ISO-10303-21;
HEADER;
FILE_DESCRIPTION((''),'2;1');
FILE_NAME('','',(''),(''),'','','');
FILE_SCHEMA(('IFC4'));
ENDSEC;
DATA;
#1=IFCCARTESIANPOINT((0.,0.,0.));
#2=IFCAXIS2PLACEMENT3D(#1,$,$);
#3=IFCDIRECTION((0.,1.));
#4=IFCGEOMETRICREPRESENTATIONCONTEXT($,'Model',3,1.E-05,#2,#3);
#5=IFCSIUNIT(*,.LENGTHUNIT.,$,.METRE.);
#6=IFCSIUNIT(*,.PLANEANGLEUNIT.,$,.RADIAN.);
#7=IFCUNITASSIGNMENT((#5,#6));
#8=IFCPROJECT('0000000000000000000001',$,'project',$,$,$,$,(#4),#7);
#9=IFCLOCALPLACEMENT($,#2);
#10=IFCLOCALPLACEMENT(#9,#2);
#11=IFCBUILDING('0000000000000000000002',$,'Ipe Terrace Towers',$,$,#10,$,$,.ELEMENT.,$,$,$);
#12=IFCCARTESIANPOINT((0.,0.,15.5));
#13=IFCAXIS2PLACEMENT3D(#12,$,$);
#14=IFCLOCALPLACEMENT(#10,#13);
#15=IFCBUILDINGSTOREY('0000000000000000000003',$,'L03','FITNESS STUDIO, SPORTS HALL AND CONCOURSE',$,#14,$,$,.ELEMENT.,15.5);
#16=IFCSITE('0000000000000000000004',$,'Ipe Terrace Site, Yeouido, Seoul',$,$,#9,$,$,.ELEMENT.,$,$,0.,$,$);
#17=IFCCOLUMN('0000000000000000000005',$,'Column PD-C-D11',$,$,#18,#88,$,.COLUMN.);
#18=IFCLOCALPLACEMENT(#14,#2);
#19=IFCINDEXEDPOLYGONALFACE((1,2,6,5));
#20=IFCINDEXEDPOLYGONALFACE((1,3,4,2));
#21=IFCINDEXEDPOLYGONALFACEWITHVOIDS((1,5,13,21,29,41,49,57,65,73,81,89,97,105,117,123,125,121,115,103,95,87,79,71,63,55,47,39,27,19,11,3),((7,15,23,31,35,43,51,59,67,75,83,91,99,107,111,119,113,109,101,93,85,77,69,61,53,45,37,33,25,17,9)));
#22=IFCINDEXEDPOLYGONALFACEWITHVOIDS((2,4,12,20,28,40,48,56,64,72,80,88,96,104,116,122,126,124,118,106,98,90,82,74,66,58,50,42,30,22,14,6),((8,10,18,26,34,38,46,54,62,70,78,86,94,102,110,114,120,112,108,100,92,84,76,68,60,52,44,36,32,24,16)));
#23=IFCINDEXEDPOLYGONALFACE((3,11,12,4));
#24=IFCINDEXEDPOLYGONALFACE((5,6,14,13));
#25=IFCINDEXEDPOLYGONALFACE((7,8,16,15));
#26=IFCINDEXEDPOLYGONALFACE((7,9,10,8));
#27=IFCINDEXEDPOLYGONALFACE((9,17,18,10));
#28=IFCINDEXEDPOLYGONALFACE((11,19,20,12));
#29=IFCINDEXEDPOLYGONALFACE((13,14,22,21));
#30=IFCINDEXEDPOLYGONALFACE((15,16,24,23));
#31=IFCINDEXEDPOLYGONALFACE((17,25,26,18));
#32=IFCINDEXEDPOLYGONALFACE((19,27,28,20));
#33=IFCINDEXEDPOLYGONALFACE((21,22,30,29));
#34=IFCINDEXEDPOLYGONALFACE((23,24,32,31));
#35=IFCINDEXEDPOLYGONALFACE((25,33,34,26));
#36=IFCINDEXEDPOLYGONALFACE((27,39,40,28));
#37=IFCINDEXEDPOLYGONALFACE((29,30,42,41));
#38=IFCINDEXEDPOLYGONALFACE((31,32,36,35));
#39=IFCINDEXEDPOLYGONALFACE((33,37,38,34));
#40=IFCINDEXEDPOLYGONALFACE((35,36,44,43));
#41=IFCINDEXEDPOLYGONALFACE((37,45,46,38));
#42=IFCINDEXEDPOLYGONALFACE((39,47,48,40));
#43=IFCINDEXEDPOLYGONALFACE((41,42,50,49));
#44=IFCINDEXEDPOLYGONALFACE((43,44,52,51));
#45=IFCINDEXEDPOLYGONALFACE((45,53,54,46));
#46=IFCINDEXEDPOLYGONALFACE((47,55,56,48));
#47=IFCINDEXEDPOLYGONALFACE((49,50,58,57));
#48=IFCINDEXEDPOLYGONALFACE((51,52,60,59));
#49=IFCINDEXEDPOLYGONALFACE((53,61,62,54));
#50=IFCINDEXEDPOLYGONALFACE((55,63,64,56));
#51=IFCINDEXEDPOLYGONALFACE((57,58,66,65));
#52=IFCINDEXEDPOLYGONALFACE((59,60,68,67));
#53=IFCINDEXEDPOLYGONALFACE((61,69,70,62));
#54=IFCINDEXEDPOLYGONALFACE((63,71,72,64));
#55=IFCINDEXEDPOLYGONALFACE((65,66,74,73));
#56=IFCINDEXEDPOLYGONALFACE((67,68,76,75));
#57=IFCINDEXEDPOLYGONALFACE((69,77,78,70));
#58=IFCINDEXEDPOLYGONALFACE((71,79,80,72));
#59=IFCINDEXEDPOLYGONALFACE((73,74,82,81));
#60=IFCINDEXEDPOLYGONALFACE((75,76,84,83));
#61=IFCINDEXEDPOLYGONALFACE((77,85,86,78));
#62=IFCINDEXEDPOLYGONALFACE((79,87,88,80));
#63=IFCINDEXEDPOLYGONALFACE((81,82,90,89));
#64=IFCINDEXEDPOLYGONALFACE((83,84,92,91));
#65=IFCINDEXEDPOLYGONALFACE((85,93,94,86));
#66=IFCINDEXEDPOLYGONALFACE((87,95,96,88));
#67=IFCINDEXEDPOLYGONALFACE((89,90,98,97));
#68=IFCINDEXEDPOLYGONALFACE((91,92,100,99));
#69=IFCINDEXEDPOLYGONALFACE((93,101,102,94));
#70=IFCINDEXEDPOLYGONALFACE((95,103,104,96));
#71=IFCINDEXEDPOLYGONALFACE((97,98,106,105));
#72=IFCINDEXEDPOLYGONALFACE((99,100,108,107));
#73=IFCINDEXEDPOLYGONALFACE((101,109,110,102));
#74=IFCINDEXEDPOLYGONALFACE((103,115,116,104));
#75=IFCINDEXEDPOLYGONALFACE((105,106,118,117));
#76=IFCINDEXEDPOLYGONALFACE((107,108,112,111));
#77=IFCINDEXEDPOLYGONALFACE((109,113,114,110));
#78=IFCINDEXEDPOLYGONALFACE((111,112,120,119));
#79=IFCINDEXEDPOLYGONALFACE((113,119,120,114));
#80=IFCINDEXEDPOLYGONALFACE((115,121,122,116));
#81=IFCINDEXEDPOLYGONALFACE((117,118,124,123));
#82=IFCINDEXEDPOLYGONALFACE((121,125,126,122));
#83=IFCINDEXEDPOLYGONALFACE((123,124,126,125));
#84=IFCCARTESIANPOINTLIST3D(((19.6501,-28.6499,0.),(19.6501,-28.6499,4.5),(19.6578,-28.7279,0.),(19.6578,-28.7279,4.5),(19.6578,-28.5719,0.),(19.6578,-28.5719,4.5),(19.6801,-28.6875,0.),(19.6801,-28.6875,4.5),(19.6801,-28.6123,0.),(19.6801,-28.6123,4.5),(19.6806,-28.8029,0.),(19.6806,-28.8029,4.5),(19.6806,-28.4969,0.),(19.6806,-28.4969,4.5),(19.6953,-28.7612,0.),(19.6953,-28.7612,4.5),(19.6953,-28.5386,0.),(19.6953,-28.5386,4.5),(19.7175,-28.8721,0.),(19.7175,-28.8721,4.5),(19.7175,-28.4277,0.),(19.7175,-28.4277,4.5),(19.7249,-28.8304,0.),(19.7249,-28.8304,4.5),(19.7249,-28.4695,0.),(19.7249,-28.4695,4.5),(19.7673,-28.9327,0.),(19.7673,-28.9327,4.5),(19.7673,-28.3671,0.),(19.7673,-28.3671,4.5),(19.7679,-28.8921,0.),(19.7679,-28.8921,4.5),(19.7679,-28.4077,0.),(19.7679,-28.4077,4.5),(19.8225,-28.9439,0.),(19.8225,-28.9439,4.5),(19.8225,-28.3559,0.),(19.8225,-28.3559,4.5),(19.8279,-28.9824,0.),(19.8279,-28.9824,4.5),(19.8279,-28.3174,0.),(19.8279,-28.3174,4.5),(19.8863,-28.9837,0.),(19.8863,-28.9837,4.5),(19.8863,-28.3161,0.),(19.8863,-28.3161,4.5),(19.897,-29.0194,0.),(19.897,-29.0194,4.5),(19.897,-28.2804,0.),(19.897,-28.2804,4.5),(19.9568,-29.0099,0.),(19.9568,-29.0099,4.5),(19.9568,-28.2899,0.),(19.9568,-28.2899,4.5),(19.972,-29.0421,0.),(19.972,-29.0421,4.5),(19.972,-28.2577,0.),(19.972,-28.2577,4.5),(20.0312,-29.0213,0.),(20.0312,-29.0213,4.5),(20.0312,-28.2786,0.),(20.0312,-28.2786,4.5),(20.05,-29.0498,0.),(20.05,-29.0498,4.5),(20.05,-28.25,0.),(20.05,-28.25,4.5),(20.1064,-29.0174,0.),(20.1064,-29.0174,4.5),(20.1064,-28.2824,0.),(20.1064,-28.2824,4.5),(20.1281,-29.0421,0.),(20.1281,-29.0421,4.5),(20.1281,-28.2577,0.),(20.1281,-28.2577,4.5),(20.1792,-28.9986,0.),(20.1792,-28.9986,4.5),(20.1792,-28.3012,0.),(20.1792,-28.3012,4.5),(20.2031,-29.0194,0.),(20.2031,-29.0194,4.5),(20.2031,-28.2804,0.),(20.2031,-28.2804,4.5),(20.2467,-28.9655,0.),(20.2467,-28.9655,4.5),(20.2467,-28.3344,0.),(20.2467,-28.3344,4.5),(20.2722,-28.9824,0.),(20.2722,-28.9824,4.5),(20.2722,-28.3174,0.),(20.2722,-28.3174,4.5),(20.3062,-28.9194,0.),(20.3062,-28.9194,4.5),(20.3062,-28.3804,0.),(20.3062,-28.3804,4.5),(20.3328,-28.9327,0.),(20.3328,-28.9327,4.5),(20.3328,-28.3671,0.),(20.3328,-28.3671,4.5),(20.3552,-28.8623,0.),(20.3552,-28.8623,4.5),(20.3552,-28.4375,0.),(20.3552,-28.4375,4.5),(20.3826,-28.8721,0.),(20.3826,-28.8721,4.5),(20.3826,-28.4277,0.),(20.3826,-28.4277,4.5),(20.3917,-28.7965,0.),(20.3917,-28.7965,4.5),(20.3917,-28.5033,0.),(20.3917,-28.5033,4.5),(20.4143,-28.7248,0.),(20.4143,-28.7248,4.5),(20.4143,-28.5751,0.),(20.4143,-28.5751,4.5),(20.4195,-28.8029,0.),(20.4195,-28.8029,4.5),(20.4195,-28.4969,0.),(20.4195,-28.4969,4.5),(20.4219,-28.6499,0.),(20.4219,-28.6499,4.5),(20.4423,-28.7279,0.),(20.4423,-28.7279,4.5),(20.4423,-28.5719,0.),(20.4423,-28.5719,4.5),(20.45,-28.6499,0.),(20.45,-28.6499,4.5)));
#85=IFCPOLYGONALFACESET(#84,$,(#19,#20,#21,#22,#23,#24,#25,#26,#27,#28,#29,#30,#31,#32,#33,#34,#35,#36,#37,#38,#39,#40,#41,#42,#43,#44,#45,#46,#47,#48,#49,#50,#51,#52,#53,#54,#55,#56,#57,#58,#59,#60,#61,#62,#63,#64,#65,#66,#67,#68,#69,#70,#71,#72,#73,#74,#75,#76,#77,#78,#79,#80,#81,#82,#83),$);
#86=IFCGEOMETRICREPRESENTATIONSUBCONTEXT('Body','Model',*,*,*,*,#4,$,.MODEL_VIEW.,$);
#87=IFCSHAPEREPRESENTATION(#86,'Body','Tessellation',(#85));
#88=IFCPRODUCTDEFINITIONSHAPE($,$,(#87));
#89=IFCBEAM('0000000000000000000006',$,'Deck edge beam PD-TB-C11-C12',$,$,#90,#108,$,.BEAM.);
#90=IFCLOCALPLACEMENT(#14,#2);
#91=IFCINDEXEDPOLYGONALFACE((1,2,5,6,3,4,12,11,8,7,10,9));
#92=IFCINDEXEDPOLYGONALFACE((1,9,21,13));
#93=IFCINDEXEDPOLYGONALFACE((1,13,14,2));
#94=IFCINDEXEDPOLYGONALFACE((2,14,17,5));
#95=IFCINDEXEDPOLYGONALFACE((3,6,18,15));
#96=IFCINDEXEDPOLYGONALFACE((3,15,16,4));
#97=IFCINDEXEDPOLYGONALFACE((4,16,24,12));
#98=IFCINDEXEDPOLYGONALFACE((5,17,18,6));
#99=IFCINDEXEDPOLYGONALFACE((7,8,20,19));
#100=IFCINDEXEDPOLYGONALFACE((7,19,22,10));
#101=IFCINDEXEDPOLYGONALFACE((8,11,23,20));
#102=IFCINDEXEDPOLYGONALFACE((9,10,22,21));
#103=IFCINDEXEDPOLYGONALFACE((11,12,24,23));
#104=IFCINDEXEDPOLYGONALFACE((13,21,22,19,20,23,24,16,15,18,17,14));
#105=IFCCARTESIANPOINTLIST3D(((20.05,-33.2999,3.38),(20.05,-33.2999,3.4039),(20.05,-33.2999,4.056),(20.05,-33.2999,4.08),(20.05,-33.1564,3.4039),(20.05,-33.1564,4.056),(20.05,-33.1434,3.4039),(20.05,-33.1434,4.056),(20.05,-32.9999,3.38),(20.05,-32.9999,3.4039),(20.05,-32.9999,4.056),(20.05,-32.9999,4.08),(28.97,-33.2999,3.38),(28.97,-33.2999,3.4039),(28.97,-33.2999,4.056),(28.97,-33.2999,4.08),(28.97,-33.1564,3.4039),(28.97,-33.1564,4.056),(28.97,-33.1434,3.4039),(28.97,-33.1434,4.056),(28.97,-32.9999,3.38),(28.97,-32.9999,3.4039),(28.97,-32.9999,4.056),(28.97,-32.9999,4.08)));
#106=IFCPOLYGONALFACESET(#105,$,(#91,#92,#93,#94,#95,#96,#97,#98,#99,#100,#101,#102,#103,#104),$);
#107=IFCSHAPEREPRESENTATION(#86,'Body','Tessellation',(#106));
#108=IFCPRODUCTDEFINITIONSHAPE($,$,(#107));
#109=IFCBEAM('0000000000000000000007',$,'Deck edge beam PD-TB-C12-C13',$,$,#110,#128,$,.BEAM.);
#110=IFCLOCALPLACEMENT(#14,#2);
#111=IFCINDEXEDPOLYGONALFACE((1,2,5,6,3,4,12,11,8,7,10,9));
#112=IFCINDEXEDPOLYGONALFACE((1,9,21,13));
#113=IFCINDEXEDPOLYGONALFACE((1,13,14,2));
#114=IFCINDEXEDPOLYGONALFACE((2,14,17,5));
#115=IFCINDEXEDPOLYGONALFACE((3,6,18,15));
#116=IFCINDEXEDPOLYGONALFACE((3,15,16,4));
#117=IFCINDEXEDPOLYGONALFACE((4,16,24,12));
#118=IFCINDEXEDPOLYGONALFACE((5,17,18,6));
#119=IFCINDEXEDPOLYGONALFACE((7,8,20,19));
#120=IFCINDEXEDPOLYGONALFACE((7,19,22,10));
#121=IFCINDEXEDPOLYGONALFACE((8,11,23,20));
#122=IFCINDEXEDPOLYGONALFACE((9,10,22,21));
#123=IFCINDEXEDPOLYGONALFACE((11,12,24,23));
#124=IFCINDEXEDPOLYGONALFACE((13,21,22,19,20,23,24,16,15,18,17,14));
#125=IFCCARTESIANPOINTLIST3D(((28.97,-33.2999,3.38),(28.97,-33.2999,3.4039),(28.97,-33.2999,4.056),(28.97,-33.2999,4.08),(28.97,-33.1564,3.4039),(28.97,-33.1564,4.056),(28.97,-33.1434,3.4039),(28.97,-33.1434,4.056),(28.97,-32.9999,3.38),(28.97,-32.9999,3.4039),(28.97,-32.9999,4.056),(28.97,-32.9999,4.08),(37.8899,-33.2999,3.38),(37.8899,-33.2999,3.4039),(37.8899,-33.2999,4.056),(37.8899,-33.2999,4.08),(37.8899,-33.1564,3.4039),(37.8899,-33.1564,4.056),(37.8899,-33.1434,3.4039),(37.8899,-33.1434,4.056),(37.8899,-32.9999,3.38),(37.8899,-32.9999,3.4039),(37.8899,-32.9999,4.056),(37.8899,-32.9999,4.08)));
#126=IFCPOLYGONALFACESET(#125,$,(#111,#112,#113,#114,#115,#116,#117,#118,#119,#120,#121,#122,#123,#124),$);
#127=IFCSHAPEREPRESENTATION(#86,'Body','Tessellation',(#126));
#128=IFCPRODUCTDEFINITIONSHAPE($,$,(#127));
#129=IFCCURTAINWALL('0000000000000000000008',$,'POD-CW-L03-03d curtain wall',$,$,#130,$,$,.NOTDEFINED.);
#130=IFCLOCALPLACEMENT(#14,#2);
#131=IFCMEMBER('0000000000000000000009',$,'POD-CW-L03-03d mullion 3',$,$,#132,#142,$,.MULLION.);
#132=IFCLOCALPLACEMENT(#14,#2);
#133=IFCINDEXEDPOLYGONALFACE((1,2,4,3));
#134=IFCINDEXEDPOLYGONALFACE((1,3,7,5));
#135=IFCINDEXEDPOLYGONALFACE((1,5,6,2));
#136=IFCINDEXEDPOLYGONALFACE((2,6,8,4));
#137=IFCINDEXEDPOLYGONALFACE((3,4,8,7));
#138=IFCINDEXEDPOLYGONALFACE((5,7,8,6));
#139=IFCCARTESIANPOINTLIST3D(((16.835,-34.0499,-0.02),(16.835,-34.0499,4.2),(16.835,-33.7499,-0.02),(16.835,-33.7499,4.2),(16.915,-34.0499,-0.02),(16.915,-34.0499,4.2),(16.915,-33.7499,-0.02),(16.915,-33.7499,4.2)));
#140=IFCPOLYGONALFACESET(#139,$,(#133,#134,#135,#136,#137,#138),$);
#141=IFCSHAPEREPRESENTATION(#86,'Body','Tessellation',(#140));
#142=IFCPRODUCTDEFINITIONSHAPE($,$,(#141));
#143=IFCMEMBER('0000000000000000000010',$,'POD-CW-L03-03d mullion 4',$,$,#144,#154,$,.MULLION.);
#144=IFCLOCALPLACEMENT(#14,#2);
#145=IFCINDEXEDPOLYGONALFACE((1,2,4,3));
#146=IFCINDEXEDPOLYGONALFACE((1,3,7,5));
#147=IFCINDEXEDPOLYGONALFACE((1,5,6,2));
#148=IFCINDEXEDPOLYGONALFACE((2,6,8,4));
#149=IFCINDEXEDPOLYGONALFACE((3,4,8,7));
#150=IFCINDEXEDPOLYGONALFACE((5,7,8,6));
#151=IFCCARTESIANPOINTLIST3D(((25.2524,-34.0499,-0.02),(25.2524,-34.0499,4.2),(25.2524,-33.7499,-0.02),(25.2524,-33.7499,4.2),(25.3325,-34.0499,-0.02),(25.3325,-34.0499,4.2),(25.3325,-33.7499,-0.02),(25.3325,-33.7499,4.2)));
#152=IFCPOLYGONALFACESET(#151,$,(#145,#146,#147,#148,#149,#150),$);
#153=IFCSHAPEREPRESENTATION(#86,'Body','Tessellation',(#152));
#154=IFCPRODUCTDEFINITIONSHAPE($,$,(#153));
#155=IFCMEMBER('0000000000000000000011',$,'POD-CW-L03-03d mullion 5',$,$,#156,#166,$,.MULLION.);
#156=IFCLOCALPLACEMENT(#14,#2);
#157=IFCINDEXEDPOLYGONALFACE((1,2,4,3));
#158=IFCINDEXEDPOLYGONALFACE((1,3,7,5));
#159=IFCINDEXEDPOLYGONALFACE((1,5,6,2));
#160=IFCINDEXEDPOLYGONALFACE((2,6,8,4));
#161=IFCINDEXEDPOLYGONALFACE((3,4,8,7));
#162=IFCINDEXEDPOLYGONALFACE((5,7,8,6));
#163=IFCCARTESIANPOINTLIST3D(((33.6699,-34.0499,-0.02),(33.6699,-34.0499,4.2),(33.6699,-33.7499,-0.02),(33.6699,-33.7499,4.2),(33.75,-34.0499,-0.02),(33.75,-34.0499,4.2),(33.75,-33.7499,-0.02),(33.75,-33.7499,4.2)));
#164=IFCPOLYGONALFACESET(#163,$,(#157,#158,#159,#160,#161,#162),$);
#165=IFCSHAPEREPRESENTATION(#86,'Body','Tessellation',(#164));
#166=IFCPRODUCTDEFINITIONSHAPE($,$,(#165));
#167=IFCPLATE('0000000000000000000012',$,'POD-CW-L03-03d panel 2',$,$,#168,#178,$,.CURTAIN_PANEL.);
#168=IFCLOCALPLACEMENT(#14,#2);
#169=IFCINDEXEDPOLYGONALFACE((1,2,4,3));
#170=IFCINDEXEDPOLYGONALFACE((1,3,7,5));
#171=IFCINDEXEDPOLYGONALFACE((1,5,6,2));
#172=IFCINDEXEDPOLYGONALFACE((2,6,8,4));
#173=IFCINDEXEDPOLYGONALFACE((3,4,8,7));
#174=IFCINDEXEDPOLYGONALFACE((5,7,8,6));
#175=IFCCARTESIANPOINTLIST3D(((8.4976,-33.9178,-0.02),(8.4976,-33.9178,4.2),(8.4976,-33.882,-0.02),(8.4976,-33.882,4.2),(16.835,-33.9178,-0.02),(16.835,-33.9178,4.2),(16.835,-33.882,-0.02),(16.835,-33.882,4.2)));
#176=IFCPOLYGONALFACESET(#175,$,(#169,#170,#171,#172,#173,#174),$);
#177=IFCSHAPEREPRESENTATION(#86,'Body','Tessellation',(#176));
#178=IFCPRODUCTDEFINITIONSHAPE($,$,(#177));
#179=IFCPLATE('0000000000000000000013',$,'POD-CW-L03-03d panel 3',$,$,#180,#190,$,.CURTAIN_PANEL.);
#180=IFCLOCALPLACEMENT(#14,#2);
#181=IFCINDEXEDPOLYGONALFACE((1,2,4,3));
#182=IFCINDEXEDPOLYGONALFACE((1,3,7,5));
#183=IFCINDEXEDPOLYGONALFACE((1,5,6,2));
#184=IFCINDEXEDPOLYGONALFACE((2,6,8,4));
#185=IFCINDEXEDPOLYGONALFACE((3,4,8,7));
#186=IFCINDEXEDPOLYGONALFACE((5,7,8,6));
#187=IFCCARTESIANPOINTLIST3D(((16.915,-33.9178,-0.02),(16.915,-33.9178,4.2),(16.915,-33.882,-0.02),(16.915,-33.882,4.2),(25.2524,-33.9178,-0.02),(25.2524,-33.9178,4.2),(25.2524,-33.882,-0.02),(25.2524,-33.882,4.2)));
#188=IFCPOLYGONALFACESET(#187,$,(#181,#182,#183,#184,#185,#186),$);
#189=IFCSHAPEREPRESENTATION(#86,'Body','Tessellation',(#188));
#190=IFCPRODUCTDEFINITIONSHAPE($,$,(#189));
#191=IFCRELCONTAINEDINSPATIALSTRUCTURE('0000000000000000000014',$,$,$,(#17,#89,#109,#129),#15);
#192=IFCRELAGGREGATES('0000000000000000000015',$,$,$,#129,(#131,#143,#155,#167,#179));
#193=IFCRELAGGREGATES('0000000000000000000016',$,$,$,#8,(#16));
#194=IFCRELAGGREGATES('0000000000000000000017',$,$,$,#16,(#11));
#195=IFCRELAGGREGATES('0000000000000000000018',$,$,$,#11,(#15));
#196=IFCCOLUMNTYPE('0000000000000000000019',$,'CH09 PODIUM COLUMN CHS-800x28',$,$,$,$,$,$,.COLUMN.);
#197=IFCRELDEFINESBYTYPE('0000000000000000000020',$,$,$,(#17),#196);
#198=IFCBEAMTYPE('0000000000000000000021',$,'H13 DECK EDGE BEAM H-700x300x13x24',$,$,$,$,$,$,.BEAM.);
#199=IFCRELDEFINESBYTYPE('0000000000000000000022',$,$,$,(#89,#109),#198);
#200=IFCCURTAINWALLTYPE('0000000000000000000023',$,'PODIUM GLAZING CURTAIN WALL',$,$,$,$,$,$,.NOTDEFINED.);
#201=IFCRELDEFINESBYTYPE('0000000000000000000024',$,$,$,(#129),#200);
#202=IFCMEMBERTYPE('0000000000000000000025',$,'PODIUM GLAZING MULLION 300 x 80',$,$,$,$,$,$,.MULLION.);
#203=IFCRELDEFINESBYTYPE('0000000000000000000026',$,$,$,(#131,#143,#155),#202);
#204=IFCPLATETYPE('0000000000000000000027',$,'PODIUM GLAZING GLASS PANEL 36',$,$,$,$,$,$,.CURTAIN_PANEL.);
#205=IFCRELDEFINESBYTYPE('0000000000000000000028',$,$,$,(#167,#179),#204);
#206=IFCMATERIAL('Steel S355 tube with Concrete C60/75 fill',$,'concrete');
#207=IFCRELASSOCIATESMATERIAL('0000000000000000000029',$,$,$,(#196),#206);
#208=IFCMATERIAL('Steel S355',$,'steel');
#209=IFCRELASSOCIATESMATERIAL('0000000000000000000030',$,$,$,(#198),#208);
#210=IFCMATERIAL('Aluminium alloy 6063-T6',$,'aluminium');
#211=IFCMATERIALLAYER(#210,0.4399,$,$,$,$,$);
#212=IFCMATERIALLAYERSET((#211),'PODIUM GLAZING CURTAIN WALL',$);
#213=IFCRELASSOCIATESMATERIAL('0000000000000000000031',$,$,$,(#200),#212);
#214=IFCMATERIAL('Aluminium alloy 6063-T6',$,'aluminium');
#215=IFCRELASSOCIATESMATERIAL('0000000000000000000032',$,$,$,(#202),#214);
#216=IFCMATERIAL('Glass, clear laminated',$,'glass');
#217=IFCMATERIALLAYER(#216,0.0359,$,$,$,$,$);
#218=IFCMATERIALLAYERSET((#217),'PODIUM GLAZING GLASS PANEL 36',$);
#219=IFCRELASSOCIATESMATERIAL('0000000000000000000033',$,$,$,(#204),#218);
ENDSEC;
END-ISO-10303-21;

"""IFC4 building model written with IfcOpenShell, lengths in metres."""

from ifc_helpers import new_model, si_unit, direction, frame, origin, origin_2d, place, context, subcontext, project, spatial, rectangle, hollow_circle, i_section, extrude, material, layer, layer_set, material_profile, profile_set, type_object, element, aggregate, save


model = new_model("IFC4")

# Units and contexts
model_context = context("Model", 3, precision=1e-05, world=origin(), true_north=direction((0.0, 1.0)))
body_context = subcontext(model_context, "Body", "Model", "MODEL_VIEW")
ifc_project = project(units=[si_unit("LENGTHUNIT", "METRE"), si_unit("PLANEANGLEUNIT", "RADIAN")], contexts=[model_context])

# Site, building, storey
site_placement = place(None, origin())
site = spatial("IfcSite", under=ifc_project, at=site_placement, Name="Ipe Terrace Site, Yeouido, Seoul", CompositionType="ELEMENT", RefElevation=0.0)
building_placement = place(site_placement, origin())
building = spatial("IfcBuilding", under=site, at=building_placement, Name="Ipe Terrace Towers", CompositionType="ELEMENT")
storey_placement = place(building_placement, frame((0.0, 0.0, 15.5)))
storey = spatial("IfcBuildingStorey", under=building, at=storey_placement, Name="L03", Description="FITNESS STUDIO, SPORTS HALL AND CONCOURSE", CompositionType="ELEMENT", Elevation=15.5)

# Column
ifc_material_1 = material(Name="Steel S355 tube with Concrete C60/75 fill", Category="concrete")
ifc_material_profile_1 = material_profile(ifc_material_1, hollow_circle(Radius=0.3999, WallThickness=0.0281, at=origin_2d()), Name="CHS-800x28")
ifc_profile_set_1 = profile_set([ifc_material_profile_1], Name="Steel S355 tube with Concrete C60/75 fill")
column_type = type_object("IfcColumnType", Name="CH09 PODIUM COLUMN CHS-800x28", PredefinedType="COLUMN", material=ifc_profile_set_1)
column_placement = place(storey_placement, frame((20.05, -28.6499, 0.0), z_axis=(0.0, 0.0, 1.0), x_axis=(1.0, 0.0, 0.0)))
element("IfcColumn", 1, at=column_placement, inside=storey, type_object=column_type, Name="Column PD-C-D11", PredefinedType="COLUMN", context=body_context, shape_type="SweptSolid", body=[
    extrude(hollow_circle(Radius=0.3999, WallThickness=0.0281, at=origin_2d()), origin(), (0.0, 0.0, 1.0), 4.5),
])

# Beams
ifc_material_2 = material(Name="Steel S355", Category="steel")
ifc_material_profile_2 = material_profile(ifc_material_2, i_section(OverallWidth=0.3, OverallDepth=0.7, WebThickness=0.0129, FlangeThickness=0.0239, at=origin_2d()), Name="H-700x300x13x24")
ifc_profile_set_2 = profile_set([ifc_material_profile_2], Name="Steel S355")
beam_type = type_object("IfcBeamType", Name="H13 DECK EDGE BEAM H-700x300x13x24", PredefinedType="BEAM", material=ifc_profile_set_2)
for number, where, z_axis, x_axis, name in (
    (2, (20.05, -33.1499, 3.73), (1.0, 0.0, 0.0), (0.0, 1.0, 0.0), "Deck edge beam PD-TB-C11-C12"),
    (3, (28.97, -33.1499, 3.73), (1.0, 0.0, 0.0), (0.0, 1.0, 0.0), "Deck edge beam PD-TB-C12-C13"),
):
    element("IfcBeam", number, at=place(storey_placement, frame(where, z_axis=z_axis, x_axis=x_axis)), inside=storey, type_object=beam_type, Name=name, PredefinedType="BEAM", context=body_context, shape_type="SweptSolid", body=[
        extrude(i_section(OverallWidth=0.3, OverallDepth=0.7, WebThickness=0.0129, FlangeThickness=0.0239, at=origin_2d()), origin(), (0.0, 0.0, 1.0), 8.9199),
    ])

# Curtain wall, members, plates
ifc_material_3 = material(Name="Aluminium alloy 6063-T6", Category="aluminium")
ifc_layer_1 = layer(ifc_material_3, 0.4399)
ifc_layer_set_1 = layer_set([ifc_layer_1], Name="PODIUM GLAZING CURTAIN WALL")
curtain_wall_type = type_object("IfcCurtainWallType", Name="PODIUM GLAZING CURTAIN WALL", PredefinedType="NOTDEFINED", material=ifc_layer_set_1)
curtain_wall_placement = place(storey_placement, origin())
curtain_wall = element("IfcCurtainWall", 4, at=curtain_wall_placement, inside=storey, type_object=curtain_wall_type, Name="POD-CW-L03-03d curtain wall", PredefinedType="NOTDEFINED")
ifc_material_4 = material(Name="Aluminium alloy 6063-T6", Category="aluminium")
ifc_material_profile_3 = material_profile(ifc_material_4, rectangle(XDim=0.3, YDim=0.0801, at=origin_2d()), Name="PODIUM GLAZING MULLION 300 x 80")
ifc_profile_set_3 = profile_set([ifc_material_profile_3], Name="Aluminium alloy 6063-T6")
member_type = type_object("IfcMemberType", Name="PODIUM GLAZING MULLION 300 x 80", PredefinedType="MULLION", material=ifc_profile_set_3)
member_1_placement = place(storey_placement, frame((16.875, -33.8999, -0.02), z_axis=(0.0, 0.0, 1.0), x_axis=(0.0, -1.0, 0.0)))
member_1 = element("IfcMember", 5, at=member_1_placement, type_object=member_type, Name="POD-CW-L03-03d mullion 3", PredefinedType="MULLION", context=body_context, shape_type="SweptSolid", body=[
    extrude(rectangle(XDim=0.3, YDim=0.0801, at=origin_2d()), origin(), (0.0, 0.0, 1.0), 4.22),
])
member_2_placement = place(storey_placement, frame((25.2925, -33.8999, -0.02), z_axis=(0.0, 0.0, 1.0), x_axis=(0.0, -1.0, 0.0)))
member_2 = element("IfcMember", 6, at=member_2_placement, type_object=member_type, Name="POD-CW-L03-03d mullion 4", PredefinedType="MULLION", context=body_context, shape_type="SweptSolid", body=[
    extrude(rectangle(XDim=0.3, YDim=0.0801, at=origin_2d()), origin(), (0.0, 0.0, 1.0), 4.22),
])
member_3_placement = place(storey_placement, frame((33.71, -33.8999, -0.02), z_axis=(0.0, 0.0, 1.0), x_axis=(0.0, -1.0, 0.0)))
member_3 = element("IfcMember", 7, at=member_3_placement, type_object=member_type, Name="POD-CW-L03-03d mullion 5", PredefinedType="MULLION", context=body_context, shape_type="SweptSolid", body=[
    extrude(rectangle(XDim=0.3, YDim=0.0801, at=origin_2d()), origin(), (0.0, 0.0, 1.0), 4.22),
])
ifc_material_5 = material(Name="Glass, clear laminated", Category="glass")
ifc_layer_2 = layer(ifc_material_5, 0.0359)
ifc_layer_set_2 = layer_set([ifc_layer_2], Name="PODIUM GLAZING GLASS PANEL 36")
plate_type = type_object("IfcPlateType", Name="PODIUM GLAZING GLASS PANEL 36", PredefinedType="CURTAIN_PANEL", material=ifc_layer_set_2)
plate_1_placement = place(storey_placement, frame((12.6663, -33.8999, -0.02), z_axis=(0.0, 0.0, 1.0), x_axis=(1.0, 0.0, 0.0)))
plate_1 = element("IfcPlate", 8, at=plate_1_placement, type_object=plate_type, Name="POD-CW-L03-03d panel 2", PredefinedType="CURTAIN_PANEL", context=body_context, shape_type="SweptSolid", body=[
    extrude(rectangle(XDim=8.3374, YDim=0.0359, at=origin_2d()), origin(), (0.0, 0.0, 1.0), 4.22),
])
plate_2_placement = place(storey_placement, frame((21.0837, -33.8999, -0.02), z_axis=(0.0, 0.0, 1.0), x_axis=(1.0, 0.0, 0.0)))
plate_2 = element("IfcPlate", 9, at=plate_2_placement, type_object=plate_type, Name="POD-CW-L03-03d panel 3", PredefinedType="CURTAIN_PANEL", context=body_context, shape_type="SweptSolid", body=[
    extrude(rectangle(XDim=8.3374, YDim=0.0359, at=origin_2d()), origin(), (0.0, 0.0, 1.0), 4.22),
])
aggregate(curtain_wall, [member_1, member_2, member_3, plate_1, plate_2])

save(model, "model.ifc")
